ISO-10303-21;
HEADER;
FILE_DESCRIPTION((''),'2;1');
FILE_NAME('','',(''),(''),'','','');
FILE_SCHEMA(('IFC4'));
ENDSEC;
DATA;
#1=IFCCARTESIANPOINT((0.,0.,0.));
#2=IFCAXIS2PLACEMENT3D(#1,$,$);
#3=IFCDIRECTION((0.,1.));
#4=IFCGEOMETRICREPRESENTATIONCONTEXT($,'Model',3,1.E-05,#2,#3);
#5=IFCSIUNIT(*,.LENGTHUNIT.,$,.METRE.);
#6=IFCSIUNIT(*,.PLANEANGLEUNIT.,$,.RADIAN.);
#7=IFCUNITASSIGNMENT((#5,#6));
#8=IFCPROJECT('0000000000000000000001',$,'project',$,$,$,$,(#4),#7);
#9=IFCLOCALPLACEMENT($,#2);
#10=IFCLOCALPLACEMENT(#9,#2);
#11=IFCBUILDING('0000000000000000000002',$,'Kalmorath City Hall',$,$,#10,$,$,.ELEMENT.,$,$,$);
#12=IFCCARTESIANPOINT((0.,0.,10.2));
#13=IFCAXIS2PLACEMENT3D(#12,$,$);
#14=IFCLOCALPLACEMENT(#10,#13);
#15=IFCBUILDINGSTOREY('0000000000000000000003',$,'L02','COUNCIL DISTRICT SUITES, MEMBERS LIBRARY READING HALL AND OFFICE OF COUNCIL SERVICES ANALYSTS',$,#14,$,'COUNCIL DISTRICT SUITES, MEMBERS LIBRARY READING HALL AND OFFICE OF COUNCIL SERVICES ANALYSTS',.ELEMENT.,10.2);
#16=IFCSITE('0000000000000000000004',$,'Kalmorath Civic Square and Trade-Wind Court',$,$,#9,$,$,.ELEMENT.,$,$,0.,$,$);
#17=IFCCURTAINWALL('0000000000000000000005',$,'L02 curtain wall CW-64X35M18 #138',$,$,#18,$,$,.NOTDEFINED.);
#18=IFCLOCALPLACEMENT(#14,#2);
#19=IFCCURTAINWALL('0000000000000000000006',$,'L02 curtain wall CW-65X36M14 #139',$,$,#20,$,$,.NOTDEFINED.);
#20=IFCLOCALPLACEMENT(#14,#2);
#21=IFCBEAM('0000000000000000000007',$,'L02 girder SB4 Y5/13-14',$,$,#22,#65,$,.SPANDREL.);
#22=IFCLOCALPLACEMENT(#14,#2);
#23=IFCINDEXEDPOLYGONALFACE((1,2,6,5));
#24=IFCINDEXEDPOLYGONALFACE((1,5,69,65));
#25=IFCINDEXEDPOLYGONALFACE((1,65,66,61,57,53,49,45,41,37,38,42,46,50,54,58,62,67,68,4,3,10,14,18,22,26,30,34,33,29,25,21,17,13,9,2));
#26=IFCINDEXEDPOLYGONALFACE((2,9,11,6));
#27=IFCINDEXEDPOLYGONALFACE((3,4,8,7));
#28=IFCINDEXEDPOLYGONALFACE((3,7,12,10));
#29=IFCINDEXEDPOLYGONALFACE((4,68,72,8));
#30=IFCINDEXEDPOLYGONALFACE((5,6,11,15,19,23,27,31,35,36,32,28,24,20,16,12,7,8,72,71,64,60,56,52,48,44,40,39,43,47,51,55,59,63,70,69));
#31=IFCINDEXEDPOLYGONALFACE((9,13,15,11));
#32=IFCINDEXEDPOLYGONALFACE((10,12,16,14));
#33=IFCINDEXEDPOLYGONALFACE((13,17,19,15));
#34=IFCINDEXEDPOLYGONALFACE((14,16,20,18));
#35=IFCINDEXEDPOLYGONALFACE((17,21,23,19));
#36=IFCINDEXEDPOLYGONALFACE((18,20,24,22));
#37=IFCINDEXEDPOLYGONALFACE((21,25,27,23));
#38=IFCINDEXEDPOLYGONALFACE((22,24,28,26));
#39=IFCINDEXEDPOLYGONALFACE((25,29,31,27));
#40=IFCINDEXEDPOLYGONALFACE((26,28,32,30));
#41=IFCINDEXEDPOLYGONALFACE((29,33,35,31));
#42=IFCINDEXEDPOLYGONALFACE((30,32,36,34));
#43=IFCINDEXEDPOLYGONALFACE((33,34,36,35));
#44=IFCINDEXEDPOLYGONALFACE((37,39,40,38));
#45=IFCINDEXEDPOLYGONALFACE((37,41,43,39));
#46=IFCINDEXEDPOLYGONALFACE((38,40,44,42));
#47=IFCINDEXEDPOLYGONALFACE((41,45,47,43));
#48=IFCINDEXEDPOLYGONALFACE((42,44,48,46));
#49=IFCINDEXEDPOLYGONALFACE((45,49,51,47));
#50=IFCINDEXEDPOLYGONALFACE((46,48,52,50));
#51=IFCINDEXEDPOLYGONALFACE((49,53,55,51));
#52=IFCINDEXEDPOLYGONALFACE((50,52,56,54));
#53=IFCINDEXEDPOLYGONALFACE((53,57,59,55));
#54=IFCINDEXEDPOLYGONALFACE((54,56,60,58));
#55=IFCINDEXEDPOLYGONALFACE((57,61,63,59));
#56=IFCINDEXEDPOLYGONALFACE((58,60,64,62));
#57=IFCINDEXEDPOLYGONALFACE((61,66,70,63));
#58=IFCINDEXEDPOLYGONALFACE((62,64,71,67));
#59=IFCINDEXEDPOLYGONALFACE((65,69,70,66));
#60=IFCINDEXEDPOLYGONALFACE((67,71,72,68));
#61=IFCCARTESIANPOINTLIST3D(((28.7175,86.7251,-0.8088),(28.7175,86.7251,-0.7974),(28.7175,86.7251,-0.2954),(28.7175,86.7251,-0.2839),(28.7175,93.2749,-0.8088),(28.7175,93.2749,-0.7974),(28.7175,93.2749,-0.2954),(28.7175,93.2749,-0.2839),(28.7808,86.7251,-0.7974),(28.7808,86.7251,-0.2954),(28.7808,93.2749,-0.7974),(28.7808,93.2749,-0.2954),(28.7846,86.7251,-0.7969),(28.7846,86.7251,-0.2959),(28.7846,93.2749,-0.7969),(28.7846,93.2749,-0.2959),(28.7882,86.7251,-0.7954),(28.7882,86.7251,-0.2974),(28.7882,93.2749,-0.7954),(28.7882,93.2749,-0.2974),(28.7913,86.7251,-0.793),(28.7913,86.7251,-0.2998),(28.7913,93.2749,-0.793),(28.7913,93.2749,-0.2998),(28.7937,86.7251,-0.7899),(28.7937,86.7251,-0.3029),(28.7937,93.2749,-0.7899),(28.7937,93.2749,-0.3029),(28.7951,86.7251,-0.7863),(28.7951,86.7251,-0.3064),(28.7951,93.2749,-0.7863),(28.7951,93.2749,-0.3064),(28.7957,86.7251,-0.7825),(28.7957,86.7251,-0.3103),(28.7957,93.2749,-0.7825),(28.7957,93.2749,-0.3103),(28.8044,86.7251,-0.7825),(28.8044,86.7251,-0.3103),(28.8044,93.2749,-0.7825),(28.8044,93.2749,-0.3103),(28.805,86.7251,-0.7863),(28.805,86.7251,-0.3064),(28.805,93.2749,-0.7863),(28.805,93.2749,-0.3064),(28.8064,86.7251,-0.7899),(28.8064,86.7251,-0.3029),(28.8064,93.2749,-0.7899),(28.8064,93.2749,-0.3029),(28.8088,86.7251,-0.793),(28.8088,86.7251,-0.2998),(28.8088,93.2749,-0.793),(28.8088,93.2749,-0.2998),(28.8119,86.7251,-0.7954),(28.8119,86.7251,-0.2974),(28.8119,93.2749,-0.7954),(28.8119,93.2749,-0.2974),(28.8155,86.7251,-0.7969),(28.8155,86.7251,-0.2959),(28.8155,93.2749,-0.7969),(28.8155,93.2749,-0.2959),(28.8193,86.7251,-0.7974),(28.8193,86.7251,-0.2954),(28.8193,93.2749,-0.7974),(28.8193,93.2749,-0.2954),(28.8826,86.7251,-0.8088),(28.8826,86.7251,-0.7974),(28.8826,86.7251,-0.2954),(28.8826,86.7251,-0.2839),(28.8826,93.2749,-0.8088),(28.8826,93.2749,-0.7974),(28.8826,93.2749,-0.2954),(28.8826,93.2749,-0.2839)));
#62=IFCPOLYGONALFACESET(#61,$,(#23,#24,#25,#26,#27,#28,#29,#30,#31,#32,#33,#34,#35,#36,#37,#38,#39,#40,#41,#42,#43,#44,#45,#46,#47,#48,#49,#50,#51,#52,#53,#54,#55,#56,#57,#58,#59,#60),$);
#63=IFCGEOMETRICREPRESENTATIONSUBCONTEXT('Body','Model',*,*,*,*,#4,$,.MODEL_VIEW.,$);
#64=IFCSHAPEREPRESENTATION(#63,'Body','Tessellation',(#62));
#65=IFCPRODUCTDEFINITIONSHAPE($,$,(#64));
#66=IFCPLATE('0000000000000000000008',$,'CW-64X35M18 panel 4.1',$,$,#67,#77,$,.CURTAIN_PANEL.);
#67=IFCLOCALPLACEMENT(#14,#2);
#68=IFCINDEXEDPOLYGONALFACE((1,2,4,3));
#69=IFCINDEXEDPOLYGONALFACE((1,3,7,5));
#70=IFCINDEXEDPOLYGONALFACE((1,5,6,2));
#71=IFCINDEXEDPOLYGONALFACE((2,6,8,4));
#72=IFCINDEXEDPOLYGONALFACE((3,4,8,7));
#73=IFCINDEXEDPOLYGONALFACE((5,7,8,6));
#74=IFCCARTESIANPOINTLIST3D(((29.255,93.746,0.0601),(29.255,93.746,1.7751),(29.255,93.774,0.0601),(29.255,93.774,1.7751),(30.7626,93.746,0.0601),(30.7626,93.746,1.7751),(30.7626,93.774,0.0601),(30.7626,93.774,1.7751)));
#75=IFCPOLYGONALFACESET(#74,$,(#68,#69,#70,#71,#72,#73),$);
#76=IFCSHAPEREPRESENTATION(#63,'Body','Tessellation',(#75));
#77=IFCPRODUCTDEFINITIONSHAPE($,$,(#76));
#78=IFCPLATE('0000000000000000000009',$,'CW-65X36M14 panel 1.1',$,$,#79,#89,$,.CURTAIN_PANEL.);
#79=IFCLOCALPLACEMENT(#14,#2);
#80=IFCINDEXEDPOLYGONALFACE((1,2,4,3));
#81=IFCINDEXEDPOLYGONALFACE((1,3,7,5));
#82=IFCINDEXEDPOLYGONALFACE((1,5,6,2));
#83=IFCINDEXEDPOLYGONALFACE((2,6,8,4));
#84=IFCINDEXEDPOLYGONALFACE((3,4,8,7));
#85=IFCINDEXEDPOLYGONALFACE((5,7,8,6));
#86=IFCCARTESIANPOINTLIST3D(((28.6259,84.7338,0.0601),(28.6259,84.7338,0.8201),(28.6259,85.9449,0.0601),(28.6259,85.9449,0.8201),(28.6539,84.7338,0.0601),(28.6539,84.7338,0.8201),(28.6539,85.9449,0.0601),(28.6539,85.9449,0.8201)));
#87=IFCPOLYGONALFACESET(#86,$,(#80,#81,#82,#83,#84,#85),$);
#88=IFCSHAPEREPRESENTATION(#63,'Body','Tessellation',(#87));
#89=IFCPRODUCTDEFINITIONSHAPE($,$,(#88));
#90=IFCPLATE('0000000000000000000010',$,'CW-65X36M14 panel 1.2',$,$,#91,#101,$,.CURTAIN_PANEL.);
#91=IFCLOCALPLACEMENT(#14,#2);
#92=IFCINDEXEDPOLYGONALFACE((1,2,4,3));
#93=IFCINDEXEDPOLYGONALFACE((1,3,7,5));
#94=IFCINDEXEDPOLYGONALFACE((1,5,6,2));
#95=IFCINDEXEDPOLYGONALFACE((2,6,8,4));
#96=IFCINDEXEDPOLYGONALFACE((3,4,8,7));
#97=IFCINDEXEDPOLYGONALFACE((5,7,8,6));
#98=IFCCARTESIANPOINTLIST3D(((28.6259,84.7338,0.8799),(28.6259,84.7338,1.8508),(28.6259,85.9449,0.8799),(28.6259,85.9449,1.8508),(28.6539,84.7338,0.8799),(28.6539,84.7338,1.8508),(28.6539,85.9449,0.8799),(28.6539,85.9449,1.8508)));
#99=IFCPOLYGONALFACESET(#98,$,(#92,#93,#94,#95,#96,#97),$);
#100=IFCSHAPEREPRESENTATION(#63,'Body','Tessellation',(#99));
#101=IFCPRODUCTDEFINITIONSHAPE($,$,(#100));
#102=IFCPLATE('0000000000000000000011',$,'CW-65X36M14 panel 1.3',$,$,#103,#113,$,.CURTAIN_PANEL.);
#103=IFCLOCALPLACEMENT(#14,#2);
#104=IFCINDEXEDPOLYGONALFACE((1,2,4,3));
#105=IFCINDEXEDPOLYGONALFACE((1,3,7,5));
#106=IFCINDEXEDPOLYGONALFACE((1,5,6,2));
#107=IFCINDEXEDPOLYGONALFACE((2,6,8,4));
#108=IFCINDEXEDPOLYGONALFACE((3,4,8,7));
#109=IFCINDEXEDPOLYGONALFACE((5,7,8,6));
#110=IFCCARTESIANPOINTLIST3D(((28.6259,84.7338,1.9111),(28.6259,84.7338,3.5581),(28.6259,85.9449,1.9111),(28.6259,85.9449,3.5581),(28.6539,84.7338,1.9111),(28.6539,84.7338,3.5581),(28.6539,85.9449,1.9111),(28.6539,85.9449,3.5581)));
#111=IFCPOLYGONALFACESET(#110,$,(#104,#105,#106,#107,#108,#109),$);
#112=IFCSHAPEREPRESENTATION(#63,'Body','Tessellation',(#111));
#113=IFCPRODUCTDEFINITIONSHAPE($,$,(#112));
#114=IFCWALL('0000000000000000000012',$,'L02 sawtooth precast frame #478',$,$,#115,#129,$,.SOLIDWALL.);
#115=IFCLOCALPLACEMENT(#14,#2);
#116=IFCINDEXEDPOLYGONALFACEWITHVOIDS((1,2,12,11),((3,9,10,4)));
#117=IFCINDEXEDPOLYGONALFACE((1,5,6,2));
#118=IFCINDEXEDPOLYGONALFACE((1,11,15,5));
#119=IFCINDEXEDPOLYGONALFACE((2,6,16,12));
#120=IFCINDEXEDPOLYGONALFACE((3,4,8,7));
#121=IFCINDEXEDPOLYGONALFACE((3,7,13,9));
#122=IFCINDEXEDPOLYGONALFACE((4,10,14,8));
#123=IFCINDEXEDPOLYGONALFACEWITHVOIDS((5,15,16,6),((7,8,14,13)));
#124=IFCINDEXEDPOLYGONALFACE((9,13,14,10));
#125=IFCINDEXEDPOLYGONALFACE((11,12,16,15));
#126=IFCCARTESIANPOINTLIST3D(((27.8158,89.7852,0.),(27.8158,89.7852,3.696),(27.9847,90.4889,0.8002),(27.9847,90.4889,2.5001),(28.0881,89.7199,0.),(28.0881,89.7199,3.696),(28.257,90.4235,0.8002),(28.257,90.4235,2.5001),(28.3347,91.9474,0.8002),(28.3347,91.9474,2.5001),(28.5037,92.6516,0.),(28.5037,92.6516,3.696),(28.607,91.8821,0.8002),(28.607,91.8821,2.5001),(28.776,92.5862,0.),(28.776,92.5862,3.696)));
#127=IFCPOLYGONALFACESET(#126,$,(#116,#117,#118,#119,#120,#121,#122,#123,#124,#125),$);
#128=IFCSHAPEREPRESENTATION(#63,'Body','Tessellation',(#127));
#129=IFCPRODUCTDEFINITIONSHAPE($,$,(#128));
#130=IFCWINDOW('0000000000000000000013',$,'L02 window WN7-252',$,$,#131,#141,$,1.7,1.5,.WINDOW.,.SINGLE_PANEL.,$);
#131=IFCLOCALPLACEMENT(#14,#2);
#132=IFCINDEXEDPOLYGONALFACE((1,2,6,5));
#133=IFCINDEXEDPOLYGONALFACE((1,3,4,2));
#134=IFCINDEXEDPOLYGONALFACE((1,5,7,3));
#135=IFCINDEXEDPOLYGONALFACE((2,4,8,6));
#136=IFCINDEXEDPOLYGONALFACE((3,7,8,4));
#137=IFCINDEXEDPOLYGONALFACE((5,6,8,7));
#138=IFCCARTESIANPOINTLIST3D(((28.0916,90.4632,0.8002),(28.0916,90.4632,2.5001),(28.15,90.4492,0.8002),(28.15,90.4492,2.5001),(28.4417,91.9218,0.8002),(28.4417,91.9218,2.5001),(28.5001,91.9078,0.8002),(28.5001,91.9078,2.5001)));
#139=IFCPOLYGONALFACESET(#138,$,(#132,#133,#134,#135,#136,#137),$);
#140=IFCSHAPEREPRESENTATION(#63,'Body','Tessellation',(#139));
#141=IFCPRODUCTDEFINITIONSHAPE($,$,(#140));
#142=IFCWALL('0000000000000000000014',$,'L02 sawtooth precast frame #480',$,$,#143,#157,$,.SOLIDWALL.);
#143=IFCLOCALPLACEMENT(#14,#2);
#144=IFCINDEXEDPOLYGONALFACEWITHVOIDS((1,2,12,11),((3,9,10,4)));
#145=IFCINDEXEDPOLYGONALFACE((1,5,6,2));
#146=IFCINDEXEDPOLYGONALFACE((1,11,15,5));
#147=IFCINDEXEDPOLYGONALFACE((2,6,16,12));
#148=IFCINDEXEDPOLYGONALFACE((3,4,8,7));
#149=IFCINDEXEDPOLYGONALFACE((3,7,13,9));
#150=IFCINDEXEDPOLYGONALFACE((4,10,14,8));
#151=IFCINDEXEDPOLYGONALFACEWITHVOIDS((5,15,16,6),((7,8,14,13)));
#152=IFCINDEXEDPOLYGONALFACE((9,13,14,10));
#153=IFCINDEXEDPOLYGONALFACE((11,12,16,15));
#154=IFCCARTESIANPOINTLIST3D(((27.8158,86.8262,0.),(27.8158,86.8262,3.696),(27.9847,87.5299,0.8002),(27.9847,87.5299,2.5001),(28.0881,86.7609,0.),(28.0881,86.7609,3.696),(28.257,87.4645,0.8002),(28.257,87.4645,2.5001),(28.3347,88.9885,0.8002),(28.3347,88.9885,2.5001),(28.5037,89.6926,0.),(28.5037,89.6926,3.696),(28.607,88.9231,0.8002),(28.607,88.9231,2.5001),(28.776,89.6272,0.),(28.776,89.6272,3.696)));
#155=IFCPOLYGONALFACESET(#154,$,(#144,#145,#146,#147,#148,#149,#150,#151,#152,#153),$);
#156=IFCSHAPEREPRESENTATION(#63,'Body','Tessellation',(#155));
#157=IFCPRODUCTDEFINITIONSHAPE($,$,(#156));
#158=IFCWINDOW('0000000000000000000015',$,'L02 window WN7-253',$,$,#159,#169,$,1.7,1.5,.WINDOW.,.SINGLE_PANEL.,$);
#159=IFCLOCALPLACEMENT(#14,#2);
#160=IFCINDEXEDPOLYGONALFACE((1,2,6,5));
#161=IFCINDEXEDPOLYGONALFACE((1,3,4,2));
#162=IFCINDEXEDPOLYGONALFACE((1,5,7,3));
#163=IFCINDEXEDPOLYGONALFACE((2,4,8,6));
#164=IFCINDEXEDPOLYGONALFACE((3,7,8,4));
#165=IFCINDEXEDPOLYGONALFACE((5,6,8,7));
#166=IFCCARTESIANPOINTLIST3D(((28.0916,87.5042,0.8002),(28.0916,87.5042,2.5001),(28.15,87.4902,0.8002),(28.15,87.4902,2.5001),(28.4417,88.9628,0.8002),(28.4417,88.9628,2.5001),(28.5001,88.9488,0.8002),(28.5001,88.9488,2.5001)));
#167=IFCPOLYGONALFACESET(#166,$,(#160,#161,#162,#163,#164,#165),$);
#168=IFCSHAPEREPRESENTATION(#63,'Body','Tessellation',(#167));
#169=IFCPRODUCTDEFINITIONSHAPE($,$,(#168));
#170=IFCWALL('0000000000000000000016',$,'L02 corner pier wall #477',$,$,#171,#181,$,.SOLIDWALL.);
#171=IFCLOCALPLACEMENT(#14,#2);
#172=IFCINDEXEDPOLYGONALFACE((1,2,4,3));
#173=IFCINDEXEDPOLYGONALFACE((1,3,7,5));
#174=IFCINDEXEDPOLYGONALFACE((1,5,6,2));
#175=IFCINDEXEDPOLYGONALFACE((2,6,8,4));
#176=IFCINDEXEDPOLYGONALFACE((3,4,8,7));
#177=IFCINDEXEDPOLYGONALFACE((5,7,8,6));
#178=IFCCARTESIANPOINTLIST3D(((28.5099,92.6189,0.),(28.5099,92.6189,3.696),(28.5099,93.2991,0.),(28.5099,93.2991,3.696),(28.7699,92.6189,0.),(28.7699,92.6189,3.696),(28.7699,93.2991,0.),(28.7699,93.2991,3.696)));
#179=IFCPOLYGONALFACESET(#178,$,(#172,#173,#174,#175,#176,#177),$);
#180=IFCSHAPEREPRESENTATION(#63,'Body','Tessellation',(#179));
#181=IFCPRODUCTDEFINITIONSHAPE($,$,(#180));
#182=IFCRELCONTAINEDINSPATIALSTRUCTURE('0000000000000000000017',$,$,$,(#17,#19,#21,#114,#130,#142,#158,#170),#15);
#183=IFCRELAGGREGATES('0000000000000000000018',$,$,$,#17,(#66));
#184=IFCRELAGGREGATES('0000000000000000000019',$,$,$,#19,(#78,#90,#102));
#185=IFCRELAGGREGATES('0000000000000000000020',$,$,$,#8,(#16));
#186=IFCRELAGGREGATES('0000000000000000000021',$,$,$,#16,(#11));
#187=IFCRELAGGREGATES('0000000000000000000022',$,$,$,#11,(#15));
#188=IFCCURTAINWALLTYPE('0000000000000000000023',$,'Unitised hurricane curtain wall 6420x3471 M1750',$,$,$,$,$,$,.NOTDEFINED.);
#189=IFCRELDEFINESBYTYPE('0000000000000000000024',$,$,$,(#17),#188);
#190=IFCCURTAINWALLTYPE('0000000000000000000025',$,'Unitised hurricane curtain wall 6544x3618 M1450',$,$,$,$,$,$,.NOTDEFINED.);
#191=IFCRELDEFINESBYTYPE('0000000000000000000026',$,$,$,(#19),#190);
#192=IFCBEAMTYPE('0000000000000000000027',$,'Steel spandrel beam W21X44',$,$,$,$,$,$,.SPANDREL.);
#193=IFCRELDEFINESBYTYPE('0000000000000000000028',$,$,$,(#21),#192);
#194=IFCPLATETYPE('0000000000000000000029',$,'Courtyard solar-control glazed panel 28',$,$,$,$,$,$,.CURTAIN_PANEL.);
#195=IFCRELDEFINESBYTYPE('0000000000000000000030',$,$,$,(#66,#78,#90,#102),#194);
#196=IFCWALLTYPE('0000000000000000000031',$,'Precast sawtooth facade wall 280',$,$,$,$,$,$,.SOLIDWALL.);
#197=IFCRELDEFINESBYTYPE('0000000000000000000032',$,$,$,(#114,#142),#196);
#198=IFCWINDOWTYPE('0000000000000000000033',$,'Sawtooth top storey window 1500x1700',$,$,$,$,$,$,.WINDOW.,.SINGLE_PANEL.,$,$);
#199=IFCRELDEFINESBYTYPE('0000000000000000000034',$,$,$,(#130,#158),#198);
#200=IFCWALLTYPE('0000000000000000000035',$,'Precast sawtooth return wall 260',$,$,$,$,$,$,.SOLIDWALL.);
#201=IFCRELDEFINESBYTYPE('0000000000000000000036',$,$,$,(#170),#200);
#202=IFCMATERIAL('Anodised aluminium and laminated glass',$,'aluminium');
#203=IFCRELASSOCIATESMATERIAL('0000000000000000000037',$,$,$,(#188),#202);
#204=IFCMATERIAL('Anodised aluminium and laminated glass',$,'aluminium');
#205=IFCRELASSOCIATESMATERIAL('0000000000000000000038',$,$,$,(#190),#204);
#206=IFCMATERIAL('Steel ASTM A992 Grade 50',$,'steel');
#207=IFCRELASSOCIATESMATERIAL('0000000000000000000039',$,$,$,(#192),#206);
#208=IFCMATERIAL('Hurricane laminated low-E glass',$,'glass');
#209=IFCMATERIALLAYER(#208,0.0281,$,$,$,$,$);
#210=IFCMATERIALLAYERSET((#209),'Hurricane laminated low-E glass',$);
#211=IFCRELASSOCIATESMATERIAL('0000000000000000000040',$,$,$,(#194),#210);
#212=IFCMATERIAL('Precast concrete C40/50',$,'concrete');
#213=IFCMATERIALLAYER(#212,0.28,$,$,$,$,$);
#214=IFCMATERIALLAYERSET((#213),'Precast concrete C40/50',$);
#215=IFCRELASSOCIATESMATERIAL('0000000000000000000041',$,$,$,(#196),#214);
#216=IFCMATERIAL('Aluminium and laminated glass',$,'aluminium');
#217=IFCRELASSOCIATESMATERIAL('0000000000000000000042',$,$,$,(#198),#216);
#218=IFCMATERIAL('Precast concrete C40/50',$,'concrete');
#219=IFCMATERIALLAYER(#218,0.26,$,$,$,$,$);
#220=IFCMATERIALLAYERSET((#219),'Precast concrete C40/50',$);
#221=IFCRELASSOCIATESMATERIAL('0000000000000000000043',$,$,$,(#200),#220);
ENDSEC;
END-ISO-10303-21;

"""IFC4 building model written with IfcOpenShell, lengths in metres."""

from ifc_helpers import new_model, si_unit, direction, frame, frame_2d, origin, origin_2d, place, context, subcontext, project, spatial, rectangle, i_section, extrude, material, layer, layer_set, material_profile, profile_set, type_object, element, fill, aggregate, save


model = new_model("IFC4")

# Units and contexts
model_context = context("Model", 3, precision=1e-05, world=origin(), true_north=direction((0.0, 1.0)))
body_context = subcontext(model_context, "Body", "Model", "MODEL_VIEW")
ifc_project = project(units=[si_unit("LENGTHUNIT", "METRE"), si_unit("PLANEANGLEUNIT", "RADIAN")], contexts=[model_context])

# Site, building, storey
site_placement = place(None, origin())
site = spatial("IfcSite", under=ifc_project, at=site_placement, Name="Kalmorath Civic Square and Trade-Wind Court", CompositionType="ELEMENT", RefElevation=0.0)
building_placement = place(site_placement, origin())
building = spatial("IfcBuilding", under=site, at=building_placement, Name="Kalmorath City Hall", CompositionType="ELEMENT")
storey_placement = place(building_placement, frame((0.0, 0.0, 10.2)))
storey = spatial("IfcBuildingStorey", under=building, at=storey_placement, Name="L02", Description="COUNCIL DISTRICT SUITES, MEMBERS LIBRARY READING HALL AND OFFICE OF COUNCIL SERVICES ANALYSTS", LongName="COUNCIL DISTRICT SUITES, MEMBERS LIBRARY READING HALL AND OFFICE OF COUNCIL SERVICES ANALYSTS", CompositionType="ELEMENT", Elevation=10.2)

# Curtain wall
ifc_material_1 = material(Name="Anodised aluminium and laminated glass", Category="aluminium")
curtain_wall_type_1 = type_object("IfcCurtainWallType", Name="Unitised hurricane curtain wall 6420x3471 M1750", PredefinedType="NOTDEFINED", material=ifc_material_1)
curtain_wall_1_placement = place(storey_placement, origin())
curtain_wall_1 = element("IfcCurtainWall", 1, at=curtain_wall_1_placement, inside=storey, type_object=curtain_wall_type_1, Name="L02 curtain wall CW-64X35M18 #138", PredefinedType="NOTDEFINED")

# Curtain wall
ifc_material_2 = material(Name="Anodised aluminium and laminated glass", Category="aluminium")
curtain_wall_type_2 = type_object("IfcCurtainWallType", Name="Unitised hurricane curtain wall 6544x3618 M1450", PredefinedType="NOTDEFINED", material=ifc_material_2)
curtain_wall_2_placement = place(storey_placement, origin())
curtain_wall_2 = element("IfcCurtainWall", 2, at=curtain_wall_2_placement, inside=storey, type_object=curtain_wall_type_2, Name="L02 curtain wall CW-65X36M14 #139", PredefinedType="NOTDEFINED")

# Beam
ifc_material_3 = material(Name="Steel ASTM A992 Grade 50", Category="steel")
ifc_material_profile_1 = material_profile(ifc_material_3, i_section(OverallWidth=0.165, OverallDepth=0.5249, WebThickness=0.0088, FlangeThickness=0.0115, FilletRadius=0.0149, at=origin_2d()), Name="W21X44")
ifc_profile_set_1 = profile_set([ifc_material_profile_1], Name="Steel ASTM A992 Grade 50")
beam_type_1 = type_object("IfcBeamType", Name="Steel spandrel beam W21X44", PredefinedType="SPANDREL", material=ifc_profile_set_1)
beam_1_placement = place(storey_placement, frame((28.8, 86.7251, -0.5464), z_axis=(0.0, 1.0, 0.0), x_axis=(-1.0, 0.0, 0.0)))
element("IfcBeam", 3, at=beam_1_placement, inside=storey, type_object=beam_type_1, Name="L02 girder SB4 Y5/13-14", PredefinedType="SPANDREL", context=body_context, shape_type="SweptSolid", body=[
    extrude(i_section(OverallWidth=0.165, OverallDepth=0.5249, WebThickness=0.0088, FlangeThickness=0.0115, FilletRadius=0.0149, at=origin_2d()), origin(), (0.0, 0.0, 1.0), 6.5498),
])

# Plates
ifc_material_4 = material(Name="Hurricane laminated low-E glass", Category="glass")
ifc_layer_1 = layer(ifc_material_4, 0.0281)
ifc_layer_set_1 = layer_set([ifc_layer_1], Name="Hurricane laminated low-E glass")
plate_type = type_object("IfcPlateType", Name="Courtyard solar-control glazed panel 28", PredefinedType="CURTAIN_PANEL", material=ifc_layer_set_1)
plate_1_placement = place(storey_placement, frame((30.0088, 93.76, 0.0601), z_axis=(0.0, 0.0, 1.0), x_axis=(-1.0, 0.0, 0.0)))
plate_1 = element("IfcPlate", 4, at=plate_1_placement, type_object=plate_type, Name="CW-64X35M18 panel 4.1", PredefinedType="CURTAIN_PANEL", context=body_context, shape_type="SweptSolid", body=[
    extrude(rectangle(XDim=1.5076, YDim=0.0281, at=origin_2d()), origin(), (0.0, 0.0, 1.0), 1.7151),
])
aggregate(curtain_wall_1, [plate_1])
plate_2_placement = place(storey_placement, frame((28.6399, 85.3394, 0.0601), z_axis=(0.0, 0.0, 1.0), x_axis=(0.0, -1.0, 0.0)))
plate_2 = element("IfcPlate", 5, at=plate_2_placement, type_object=plate_type, Name="CW-65X36M14 panel 1.1", PredefinedType="CURTAIN_PANEL", context=body_context, shape_type="SweptSolid", body=[
    extrude(rectangle(XDim=1.2112, YDim=0.0281, at=origin_2d()), origin(), (0.0, 0.0, 1.0), 0.76),
])
plate_3_placement = place(storey_placement, frame((28.6399, 85.3394, 0.8799), z_axis=(0.0, 0.0, 1.0), x_axis=(0.0, -1.0, 0.0)))
plate_3 = element("IfcPlate", 6, at=plate_3_placement, type_object=plate_type, Name="CW-65X36M14 panel 1.2", PredefinedType="CURTAIN_PANEL", context=body_context, shape_type="SweptSolid", body=[
    extrude(rectangle(XDim=1.2112, YDim=0.0281, at=origin_2d()), origin(), (0.0, 0.0, 1.0), 0.9709),
])
plate_4_placement = place(storey_placement, frame((28.6399, 85.3394, 1.9111), z_axis=(0.0, 0.0, 1.0), x_axis=(0.0, -1.0, 0.0)))
plate_4 = element("IfcPlate", 7, at=plate_4_placement, type_object=plate_type, Name="CW-65X36M14 panel 1.3", PredefinedType="CURTAIN_PANEL", context=body_context, shape_type="SweptSolid", body=[
    extrude(rectangle(XDim=1.2112, YDim=0.0281, at=origin_2d()), origin(), (0.0, 0.0, 1.0), 1.647),
])
aggregate(curtain_wall_2, [plate_2, plate_3, plate_4])

# Walls, openings, windows
ifc_material_5 = material(Name="Precast concrete C40/50", Category="concrete")
ifc_layer_2 = layer(ifc_material_5, 0.28)
ifc_layer_set_2 = layer_set([ifc_layer_2], Name="Precast concrete C40/50")
wall_type_1 = type_object("IfcWallType", Name="Precast sawtooth facade wall 280", PredefinedType="SOLIDWALL", material=ifc_layer_set_2)
wall_1_placement = place(storey_placement, frame((28.6399, 92.6189, 0.0), z_axis=(0.0, 0.0, 1.0), x_axis=(-0.233385, -0.972384, 0.0)))
wall_1 = element("IfcWall", 8, at=wall_1_placement, inside=storey, type_object=wall_type_1, Name="L02 sawtooth precast frame #478", PredefinedType="SOLIDWALL", context=body_context, shape_type="SweptSolid", body=[
    extrude(rectangle(XDim=2.9478, YDim=0.28, at=frame_2d((1.4739, 0.0))), origin(), (0.0, 0.0, 1.0), 3.696),
])
opening_1_placement = place(wall_1_placement, frame((0.7241, 0.0, 0.8)))
opening_1 = element("IfcOpeningElement", 9, at=opening_1_placement, cuts=wall_1, PredefinedType="OPENING", context=body_context, shape_type="SweptSolid", body=[
    extrude(rectangle(XDim=1.5, YDim=1.7, at=frame_2d((0.75, 0.8501))), frame((0.0, 0.1499, 0.0), z_axis=(0.0, -1.0, 0.0), x_axis=(1.0, 0.0, 0.0)), (0.0, 0.0, 1.0), 0.3),
])
ifc_material_6 = material(Name="Aluminium and laminated glass", Category="aluminium")
window_type = type_object("IfcWindowType", Name="Sawtooth top storey window 1500x1700", PartitioningType="SINGLE_PANEL", PredefinedType="WINDOW", material=ifc_material_6)
window_1_placement = place(opening_1_placement, origin())
window_1 = element("IfcWindow", 10, at=window_1_placement, inside=storey, type_object=window_type, Name="L02 window WN7-252", OverallHeight=1.7, OverallWidth=1.5, PartitioningType="SINGLE_PANEL", PredefinedType="WINDOW", context=body_context, shape_type="SweptSolid", body=[
    extrude(rectangle(XDim=1.5, YDim=1.7, at=frame_2d((0.75, 0.8501))), frame((0.0, 0.03, 0.0), z_axis=(0.0, -1.0, 0.0), x_axis=(1.0, 0.0, 0.0)), (0.0, 0.0, 1.0), 0.0601),
])
fill(opening_1, window_1)
wall_2_placement = place(storey_placement, frame((28.6399, 89.6599, 0.0), z_axis=(0.0, 0.0, 1.0), x_axis=(-0.233385, -0.972384, 0.0)))
wall_2 = element("IfcWall", 11, at=wall_2_placement, inside=storey, type_object=wall_type_1, Name="L02 sawtooth precast frame #480", PredefinedType="SOLIDWALL", context=body_context, shape_type="SweptSolid", body=[
    extrude(rectangle(XDim=2.9478, YDim=0.28, at=frame_2d((1.4739, 0.0))), origin(), (0.0, 0.0, 1.0), 3.696),
])
opening_2_placement = place(wall_2_placement, frame((0.7241, 0.0, 0.8)))
opening_2 = element("IfcOpeningElement", 12, at=opening_2_placement, cuts=wall_2, PredefinedType="OPENING", context=body_context, shape_type="SweptSolid", body=[
    extrude(rectangle(XDim=1.5, YDim=1.7, at=frame_2d((0.75, 0.8501))), frame((0.0, 0.1499, 0.0), z_axis=(0.0, -1.0, 0.0), x_axis=(1.0, 0.0, 0.0)), (0.0, 0.0, 1.0), 0.3),
])
window_2_placement = place(opening_2_placement, origin())
window_2 = element("IfcWindow", 13, at=window_2_placement, inside=storey, type_object=window_type, Name="L02 window WN7-253", OverallHeight=1.7, OverallWidth=1.5, PartitioningType="SINGLE_PANEL", PredefinedType="WINDOW", context=body_context, shape_type="SweptSolid", body=[
    extrude(rectangle(XDim=1.5, YDim=1.7, at=frame_2d((0.75, 0.8501))), frame((0.0, 0.03, 0.0), z_axis=(0.0, -1.0, 0.0), x_axis=(1.0, 0.0, 0.0)), (0.0, 0.0, 1.0), 0.0601),
])
fill(opening_2, window_2)

# Wall
ifc_material_7 = material(Name="Precast concrete C40/50", Category="concrete")
ifc_layer_3 = layer(ifc_material_7, 0.26)
ifc_layer_set_3 = layer_set([ifc_layer_3], Name="Precast concrete C40/50")
wall_type_2 = type_object("IfcWallType", Name="Precast sawtooth return wall 260", PredefinedType="SOLIDWALL", material=ifc_layer_set_3)
wall_3_placement = place(storey_placement, frame((28.6399, 93.2991, 0.0), z_axis=(0.0, 0.0, 1.0), x_axis=(0.0, -1.0, 0.0)))
element("IfcWall", 14, at=wall_3_placement, inside=storey, type_object=wall_type_2, Name="L02 corner pier wall #477", PredefinedType="SOLIDWALL", context=body_context, shape_type="SweptSolid", body=[
    extrude(rectangle(XDim=0.6802, YDim=0.26, at=frame_2d((0.3401, 0.0))), origin(), (0.0, 0.0, 1.0), 3.696),
])

save(model, "model.ifc")
